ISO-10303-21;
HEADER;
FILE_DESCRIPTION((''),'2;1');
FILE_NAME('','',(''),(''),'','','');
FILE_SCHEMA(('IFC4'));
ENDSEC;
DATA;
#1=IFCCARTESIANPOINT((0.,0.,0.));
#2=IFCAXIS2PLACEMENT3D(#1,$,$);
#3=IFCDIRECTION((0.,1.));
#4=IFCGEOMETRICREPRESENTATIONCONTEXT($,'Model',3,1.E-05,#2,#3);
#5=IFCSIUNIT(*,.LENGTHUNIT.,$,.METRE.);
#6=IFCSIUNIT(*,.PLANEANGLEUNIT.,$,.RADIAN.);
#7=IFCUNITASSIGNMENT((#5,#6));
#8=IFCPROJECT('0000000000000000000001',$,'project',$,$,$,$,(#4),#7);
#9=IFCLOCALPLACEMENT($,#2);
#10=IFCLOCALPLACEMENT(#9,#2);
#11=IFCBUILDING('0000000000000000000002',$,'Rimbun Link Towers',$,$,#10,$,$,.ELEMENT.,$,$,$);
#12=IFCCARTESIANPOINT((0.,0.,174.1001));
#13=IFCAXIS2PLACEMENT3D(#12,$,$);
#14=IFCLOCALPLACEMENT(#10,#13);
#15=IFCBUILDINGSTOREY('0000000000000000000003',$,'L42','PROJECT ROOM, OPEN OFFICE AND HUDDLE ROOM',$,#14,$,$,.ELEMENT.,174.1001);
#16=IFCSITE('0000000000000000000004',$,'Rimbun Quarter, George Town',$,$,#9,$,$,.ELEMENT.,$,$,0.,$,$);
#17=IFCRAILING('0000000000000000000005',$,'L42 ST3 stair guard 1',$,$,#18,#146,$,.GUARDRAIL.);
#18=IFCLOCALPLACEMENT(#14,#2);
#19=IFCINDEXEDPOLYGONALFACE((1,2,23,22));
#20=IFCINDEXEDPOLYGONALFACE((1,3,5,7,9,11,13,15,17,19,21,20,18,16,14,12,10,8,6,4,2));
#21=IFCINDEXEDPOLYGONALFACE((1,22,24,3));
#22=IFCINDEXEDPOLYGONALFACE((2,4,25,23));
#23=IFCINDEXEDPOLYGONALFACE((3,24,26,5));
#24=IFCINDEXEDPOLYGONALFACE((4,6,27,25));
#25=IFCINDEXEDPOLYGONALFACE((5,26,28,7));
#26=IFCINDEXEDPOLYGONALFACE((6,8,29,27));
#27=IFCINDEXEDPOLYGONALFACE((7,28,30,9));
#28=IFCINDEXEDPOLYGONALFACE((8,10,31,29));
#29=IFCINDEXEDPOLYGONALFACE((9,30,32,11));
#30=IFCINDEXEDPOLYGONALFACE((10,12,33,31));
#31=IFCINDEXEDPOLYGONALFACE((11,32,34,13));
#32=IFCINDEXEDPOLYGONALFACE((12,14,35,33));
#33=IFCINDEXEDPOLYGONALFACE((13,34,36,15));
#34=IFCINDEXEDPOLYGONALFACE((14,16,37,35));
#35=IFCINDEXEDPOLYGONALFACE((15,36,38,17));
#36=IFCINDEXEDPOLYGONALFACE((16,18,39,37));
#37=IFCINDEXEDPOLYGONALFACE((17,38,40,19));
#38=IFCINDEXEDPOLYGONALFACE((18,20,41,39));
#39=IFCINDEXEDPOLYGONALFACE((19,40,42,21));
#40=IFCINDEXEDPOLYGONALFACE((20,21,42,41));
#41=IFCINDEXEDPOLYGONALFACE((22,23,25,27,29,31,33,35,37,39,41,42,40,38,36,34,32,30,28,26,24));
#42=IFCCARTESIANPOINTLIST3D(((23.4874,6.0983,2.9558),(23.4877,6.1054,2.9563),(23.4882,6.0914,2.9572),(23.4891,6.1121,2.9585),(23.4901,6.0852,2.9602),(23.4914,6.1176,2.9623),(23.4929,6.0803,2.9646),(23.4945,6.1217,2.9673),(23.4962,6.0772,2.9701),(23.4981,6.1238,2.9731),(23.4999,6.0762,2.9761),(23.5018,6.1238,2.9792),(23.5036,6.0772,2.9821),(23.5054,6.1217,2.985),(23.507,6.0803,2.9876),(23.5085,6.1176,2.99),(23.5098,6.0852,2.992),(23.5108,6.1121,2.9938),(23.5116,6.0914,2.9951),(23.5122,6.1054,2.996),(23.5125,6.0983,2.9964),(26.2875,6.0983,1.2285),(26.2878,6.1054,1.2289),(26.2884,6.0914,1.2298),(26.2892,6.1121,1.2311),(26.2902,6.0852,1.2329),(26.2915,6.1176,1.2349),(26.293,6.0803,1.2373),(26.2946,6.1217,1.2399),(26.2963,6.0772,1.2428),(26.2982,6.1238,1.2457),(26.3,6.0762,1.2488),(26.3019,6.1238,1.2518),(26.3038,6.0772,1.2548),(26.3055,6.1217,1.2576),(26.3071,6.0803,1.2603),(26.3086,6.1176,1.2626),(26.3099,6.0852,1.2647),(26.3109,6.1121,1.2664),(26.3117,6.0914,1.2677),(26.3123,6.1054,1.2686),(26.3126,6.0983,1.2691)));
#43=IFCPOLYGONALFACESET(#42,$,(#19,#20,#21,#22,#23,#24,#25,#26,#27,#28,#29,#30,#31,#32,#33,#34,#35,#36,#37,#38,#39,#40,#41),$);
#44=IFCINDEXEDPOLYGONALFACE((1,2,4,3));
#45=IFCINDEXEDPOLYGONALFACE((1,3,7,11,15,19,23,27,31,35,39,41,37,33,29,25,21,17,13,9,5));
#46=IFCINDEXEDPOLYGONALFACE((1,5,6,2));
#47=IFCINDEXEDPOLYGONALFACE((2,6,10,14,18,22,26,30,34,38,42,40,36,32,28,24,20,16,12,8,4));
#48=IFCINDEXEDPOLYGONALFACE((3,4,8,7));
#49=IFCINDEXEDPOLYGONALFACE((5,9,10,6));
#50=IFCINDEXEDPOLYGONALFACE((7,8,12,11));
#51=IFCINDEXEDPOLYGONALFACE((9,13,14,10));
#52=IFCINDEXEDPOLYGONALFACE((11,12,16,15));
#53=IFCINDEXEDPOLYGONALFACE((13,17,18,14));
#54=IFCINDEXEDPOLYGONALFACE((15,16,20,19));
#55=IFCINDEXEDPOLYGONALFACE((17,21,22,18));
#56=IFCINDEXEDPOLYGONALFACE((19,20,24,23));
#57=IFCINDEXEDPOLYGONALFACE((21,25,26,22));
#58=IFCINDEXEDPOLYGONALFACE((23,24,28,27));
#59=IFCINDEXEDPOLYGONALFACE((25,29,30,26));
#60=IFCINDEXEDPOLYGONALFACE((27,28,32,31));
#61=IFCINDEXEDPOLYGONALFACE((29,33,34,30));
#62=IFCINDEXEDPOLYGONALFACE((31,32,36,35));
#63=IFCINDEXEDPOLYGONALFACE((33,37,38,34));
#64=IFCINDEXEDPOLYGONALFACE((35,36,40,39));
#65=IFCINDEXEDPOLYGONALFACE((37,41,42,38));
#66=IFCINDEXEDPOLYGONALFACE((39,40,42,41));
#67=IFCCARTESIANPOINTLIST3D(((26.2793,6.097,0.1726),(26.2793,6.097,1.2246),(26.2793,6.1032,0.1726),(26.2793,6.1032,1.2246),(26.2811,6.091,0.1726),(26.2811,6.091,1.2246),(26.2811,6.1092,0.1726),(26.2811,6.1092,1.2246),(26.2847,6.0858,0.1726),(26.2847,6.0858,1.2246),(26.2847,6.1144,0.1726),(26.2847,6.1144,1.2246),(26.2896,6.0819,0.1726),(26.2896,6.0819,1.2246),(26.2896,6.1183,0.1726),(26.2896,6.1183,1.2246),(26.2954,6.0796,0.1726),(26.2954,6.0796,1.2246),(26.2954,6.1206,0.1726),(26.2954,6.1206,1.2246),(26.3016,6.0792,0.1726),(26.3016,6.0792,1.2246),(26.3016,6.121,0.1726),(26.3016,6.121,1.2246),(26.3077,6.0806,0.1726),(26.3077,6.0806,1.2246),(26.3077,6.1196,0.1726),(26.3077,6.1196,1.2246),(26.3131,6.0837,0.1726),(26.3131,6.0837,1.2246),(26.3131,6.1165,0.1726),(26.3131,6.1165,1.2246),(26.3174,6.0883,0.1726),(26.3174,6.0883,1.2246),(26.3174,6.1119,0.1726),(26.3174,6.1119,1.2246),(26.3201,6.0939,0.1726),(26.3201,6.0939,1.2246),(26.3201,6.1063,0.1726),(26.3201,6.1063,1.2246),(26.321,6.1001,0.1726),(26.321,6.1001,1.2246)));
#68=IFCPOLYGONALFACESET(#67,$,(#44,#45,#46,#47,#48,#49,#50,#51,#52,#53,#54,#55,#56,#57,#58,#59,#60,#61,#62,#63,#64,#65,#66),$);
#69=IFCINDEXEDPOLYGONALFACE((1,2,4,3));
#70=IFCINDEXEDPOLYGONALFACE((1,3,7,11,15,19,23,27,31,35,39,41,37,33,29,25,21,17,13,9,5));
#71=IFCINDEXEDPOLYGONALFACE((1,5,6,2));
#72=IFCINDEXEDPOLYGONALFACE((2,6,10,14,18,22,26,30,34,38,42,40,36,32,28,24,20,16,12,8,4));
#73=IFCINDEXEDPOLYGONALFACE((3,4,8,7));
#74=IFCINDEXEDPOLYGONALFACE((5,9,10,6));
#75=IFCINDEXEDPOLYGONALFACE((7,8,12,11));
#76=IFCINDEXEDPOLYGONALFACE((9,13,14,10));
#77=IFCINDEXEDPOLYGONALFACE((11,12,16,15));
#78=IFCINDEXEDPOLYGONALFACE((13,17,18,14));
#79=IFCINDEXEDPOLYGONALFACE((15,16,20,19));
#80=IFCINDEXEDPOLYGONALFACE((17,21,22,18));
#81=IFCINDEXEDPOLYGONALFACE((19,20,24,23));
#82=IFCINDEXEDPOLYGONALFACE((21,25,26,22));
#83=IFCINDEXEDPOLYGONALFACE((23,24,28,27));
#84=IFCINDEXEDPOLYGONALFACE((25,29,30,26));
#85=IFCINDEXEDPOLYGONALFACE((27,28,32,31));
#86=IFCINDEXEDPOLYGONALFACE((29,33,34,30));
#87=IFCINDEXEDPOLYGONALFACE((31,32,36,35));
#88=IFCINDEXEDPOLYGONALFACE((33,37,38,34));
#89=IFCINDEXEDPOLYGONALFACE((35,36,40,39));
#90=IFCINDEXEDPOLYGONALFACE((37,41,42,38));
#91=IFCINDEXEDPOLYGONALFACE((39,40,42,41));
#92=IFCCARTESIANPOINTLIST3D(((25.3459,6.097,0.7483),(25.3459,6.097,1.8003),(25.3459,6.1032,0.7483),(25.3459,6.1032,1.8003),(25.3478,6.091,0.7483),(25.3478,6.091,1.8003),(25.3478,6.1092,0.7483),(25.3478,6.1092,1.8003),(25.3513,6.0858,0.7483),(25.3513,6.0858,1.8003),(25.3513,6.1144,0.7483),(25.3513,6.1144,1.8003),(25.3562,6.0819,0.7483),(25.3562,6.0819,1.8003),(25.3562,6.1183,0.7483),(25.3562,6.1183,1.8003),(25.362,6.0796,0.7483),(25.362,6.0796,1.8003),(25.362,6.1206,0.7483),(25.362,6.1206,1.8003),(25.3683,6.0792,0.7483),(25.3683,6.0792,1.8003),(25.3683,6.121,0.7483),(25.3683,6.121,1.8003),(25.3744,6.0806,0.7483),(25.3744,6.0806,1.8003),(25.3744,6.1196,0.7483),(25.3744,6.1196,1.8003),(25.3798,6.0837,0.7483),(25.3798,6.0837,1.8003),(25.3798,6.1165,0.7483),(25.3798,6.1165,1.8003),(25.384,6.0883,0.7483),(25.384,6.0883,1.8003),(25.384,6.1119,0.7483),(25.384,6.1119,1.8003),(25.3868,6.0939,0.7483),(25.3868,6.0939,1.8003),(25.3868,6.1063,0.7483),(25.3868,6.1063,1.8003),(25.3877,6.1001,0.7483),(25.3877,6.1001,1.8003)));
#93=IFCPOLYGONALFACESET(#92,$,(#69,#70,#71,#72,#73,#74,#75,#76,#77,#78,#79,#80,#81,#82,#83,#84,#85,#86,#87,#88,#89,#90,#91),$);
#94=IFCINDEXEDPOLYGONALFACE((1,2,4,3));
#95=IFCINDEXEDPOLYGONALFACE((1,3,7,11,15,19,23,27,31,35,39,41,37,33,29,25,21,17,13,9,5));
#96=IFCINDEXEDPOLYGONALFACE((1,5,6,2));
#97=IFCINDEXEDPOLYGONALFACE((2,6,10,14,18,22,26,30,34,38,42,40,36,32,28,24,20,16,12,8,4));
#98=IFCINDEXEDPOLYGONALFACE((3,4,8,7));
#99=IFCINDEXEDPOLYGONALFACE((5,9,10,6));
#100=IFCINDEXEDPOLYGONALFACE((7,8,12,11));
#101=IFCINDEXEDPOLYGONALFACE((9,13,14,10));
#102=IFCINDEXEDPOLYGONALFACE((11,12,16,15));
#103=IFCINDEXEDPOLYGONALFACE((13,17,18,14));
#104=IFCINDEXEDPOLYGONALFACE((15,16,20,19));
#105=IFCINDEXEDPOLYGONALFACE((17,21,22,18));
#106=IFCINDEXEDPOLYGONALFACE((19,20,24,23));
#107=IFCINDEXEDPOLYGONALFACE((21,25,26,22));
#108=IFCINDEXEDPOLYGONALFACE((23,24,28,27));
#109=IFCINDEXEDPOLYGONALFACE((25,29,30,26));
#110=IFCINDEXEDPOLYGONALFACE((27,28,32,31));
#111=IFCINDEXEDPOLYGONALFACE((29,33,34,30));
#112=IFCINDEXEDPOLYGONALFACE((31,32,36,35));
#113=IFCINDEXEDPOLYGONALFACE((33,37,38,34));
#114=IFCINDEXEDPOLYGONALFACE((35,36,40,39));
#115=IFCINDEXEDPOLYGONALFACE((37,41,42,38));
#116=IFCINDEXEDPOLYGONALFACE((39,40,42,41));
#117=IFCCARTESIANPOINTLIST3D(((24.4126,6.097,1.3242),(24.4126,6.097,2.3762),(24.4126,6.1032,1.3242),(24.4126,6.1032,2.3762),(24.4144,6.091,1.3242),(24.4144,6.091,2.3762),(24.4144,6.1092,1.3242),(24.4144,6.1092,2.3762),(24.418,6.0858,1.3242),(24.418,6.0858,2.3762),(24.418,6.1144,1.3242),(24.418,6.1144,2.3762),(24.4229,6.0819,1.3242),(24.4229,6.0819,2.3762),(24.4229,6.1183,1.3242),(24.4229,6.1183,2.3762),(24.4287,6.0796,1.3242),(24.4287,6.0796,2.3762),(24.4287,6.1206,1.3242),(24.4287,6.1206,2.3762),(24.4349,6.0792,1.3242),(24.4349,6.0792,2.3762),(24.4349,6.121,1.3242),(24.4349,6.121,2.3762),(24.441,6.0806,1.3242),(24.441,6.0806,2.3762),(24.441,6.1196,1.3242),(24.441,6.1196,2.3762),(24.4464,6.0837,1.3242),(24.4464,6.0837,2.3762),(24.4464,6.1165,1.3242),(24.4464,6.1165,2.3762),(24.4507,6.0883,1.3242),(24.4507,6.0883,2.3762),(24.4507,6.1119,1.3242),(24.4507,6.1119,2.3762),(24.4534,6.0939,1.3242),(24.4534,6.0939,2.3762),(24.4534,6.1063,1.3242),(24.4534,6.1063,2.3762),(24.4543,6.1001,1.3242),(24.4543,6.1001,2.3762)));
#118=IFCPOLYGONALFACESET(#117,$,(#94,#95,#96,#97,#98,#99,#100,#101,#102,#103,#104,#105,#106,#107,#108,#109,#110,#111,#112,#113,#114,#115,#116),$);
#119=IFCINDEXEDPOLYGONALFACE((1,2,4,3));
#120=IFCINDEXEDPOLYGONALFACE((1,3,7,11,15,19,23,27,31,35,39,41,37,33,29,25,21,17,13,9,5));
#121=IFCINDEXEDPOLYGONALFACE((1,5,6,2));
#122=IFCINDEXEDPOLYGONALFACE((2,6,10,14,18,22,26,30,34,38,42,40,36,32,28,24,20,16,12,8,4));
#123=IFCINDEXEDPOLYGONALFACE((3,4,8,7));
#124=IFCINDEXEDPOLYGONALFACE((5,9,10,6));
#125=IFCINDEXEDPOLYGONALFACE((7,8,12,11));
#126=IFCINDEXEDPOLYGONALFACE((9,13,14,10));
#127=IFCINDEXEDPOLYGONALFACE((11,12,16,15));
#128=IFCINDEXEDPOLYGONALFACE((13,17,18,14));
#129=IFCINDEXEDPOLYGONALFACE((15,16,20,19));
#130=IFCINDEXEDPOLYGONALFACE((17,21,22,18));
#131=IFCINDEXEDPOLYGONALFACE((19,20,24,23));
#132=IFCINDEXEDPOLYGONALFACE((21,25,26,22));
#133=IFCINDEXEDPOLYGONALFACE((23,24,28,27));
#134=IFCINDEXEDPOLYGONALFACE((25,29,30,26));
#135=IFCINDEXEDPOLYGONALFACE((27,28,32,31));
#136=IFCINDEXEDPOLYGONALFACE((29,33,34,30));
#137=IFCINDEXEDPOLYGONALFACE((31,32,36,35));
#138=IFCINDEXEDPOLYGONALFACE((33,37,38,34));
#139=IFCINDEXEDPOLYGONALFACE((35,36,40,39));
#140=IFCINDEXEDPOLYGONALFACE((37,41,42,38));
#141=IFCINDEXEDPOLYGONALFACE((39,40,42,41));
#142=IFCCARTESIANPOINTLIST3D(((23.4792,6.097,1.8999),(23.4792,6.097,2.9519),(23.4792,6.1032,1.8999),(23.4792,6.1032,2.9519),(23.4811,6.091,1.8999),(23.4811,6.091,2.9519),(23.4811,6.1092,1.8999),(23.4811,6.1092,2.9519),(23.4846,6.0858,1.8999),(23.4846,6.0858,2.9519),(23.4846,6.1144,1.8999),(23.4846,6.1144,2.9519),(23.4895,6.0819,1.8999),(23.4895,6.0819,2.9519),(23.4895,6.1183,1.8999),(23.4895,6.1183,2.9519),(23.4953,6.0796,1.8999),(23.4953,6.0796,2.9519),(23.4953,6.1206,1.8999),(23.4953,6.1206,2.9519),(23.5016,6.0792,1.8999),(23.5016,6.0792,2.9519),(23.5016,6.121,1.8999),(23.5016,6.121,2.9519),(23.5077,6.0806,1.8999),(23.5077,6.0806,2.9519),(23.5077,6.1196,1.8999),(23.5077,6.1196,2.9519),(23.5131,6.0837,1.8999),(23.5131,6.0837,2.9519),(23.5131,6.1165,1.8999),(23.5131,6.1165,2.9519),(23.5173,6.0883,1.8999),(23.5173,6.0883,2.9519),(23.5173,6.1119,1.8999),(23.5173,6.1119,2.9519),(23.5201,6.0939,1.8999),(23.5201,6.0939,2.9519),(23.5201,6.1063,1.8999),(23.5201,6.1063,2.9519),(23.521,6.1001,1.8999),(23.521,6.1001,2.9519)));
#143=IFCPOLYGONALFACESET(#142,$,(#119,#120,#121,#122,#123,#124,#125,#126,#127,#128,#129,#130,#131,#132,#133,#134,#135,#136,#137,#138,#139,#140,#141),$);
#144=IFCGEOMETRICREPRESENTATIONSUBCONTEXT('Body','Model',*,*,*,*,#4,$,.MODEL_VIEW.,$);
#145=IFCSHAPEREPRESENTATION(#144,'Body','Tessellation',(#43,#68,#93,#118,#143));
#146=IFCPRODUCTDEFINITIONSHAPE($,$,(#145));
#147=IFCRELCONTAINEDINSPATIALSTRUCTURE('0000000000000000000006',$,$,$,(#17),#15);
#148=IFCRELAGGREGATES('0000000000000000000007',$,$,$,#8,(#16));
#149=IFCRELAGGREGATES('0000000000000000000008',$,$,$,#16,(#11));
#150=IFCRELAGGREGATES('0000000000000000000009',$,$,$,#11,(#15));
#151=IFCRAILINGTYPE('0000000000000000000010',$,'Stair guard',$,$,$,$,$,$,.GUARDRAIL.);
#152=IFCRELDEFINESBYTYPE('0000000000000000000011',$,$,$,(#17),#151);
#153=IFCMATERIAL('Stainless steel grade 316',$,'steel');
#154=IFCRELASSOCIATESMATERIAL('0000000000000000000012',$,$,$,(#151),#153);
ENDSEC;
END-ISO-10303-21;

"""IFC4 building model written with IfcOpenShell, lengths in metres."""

from ifc_helpers import new_model, si_unit, direction, frame, origin, origin_2d, place, context, subcontext, project, spatial, circle, extrude, material, type_object, element, save


model = new_model("IFC4")

# Units and contexts
model_context = context("Model", 3, precision=1e-05, world=origin(), true_north=direction((0.0, 1.0)))
body_context = subcontext(model_context, "Body", "Model", "MODEL_VIEW")
ifc_project = project(units=[si_unit("LENGTHUNIT", "METRE"), si_unit("PLANEANGLEUNIT", "RADIAN")], contexts=[model_context])

# Site, building, storey
site_placement = place(None, origin())
site = spatial("IfcSite", under=ifc_project, at=site_placement, Name="Rimbun Quarter, George Town", CompositionType="ELEMENT", RefElevation=0.0)
building_placement = place(site_placement, origin())
building = spatial("IfcBuilding", under=site, at=building_placement, Name="Rimbun Link Towers", CompositionType="ELEMENT")
storey_placement = place(building_placement, frame((0.0, 0.0, 174.1001)))
storey = spatial("IfcBuildingStorey", under=building, at=storey_placement, Name="L42", Description="PROJECT ROOM, OPEN OFFICE AND HUDDLE ROOM", CompositionType="ELEMENT", Elevation=174.1001)

# Railing
ifc_material_1 = material(Name="Stainless steel grade 316", Category="steel")
railing_type_1 = type_object("IfcRailingType", Name="Stair guard", PredefinedType="GUARDRAIL", material=ifc_material_1)
railing_1_placement = place(storey_placement, frame((26.3, 6.1001, 0.1726)))
element("IfcRailing", 1, at=railing_1_placement, inside=storey, type_object=railing_type_1, Name="L42 ST3 stair guard 1", PredefinedType="GUARDRAIL", context=body_context, shape_type="SweptSolid", body=[
    extrude(circle(Radius=0.0239, at=origin_2d()), frame((0.0, 0.0, 1.0762), z_axis=(-0.85109, 0.0, 0.52502), x_axis=(0.0, -1.0, 0.0)), (0.0, 0.0, 1.0), 3.29),
    extrude(circle(Radius=0.021, at=origin_2d()), origin(), (0.0, 0.0, 1.0), 1.052),
    extrude(circle(Radius=0.021, at=origin_2d()), frame((-0.9333, 0.0, 0.5757)), (0.0, 0.0, 1.0), 1.052),
    extrude(circle(Radius=0.021, at=origin_2d()), frame((-1.8667, 0.0, 1.1516)), (0.0, 0.0, 1.0), 1.052),
    extrude(circle(Radius=0.021, at=origin_2d()), frame((-2.8, 0.0, 1.7273)), (0.0, 0.0, 1.0), 1.052),
])

save(model, "model.ifc")
